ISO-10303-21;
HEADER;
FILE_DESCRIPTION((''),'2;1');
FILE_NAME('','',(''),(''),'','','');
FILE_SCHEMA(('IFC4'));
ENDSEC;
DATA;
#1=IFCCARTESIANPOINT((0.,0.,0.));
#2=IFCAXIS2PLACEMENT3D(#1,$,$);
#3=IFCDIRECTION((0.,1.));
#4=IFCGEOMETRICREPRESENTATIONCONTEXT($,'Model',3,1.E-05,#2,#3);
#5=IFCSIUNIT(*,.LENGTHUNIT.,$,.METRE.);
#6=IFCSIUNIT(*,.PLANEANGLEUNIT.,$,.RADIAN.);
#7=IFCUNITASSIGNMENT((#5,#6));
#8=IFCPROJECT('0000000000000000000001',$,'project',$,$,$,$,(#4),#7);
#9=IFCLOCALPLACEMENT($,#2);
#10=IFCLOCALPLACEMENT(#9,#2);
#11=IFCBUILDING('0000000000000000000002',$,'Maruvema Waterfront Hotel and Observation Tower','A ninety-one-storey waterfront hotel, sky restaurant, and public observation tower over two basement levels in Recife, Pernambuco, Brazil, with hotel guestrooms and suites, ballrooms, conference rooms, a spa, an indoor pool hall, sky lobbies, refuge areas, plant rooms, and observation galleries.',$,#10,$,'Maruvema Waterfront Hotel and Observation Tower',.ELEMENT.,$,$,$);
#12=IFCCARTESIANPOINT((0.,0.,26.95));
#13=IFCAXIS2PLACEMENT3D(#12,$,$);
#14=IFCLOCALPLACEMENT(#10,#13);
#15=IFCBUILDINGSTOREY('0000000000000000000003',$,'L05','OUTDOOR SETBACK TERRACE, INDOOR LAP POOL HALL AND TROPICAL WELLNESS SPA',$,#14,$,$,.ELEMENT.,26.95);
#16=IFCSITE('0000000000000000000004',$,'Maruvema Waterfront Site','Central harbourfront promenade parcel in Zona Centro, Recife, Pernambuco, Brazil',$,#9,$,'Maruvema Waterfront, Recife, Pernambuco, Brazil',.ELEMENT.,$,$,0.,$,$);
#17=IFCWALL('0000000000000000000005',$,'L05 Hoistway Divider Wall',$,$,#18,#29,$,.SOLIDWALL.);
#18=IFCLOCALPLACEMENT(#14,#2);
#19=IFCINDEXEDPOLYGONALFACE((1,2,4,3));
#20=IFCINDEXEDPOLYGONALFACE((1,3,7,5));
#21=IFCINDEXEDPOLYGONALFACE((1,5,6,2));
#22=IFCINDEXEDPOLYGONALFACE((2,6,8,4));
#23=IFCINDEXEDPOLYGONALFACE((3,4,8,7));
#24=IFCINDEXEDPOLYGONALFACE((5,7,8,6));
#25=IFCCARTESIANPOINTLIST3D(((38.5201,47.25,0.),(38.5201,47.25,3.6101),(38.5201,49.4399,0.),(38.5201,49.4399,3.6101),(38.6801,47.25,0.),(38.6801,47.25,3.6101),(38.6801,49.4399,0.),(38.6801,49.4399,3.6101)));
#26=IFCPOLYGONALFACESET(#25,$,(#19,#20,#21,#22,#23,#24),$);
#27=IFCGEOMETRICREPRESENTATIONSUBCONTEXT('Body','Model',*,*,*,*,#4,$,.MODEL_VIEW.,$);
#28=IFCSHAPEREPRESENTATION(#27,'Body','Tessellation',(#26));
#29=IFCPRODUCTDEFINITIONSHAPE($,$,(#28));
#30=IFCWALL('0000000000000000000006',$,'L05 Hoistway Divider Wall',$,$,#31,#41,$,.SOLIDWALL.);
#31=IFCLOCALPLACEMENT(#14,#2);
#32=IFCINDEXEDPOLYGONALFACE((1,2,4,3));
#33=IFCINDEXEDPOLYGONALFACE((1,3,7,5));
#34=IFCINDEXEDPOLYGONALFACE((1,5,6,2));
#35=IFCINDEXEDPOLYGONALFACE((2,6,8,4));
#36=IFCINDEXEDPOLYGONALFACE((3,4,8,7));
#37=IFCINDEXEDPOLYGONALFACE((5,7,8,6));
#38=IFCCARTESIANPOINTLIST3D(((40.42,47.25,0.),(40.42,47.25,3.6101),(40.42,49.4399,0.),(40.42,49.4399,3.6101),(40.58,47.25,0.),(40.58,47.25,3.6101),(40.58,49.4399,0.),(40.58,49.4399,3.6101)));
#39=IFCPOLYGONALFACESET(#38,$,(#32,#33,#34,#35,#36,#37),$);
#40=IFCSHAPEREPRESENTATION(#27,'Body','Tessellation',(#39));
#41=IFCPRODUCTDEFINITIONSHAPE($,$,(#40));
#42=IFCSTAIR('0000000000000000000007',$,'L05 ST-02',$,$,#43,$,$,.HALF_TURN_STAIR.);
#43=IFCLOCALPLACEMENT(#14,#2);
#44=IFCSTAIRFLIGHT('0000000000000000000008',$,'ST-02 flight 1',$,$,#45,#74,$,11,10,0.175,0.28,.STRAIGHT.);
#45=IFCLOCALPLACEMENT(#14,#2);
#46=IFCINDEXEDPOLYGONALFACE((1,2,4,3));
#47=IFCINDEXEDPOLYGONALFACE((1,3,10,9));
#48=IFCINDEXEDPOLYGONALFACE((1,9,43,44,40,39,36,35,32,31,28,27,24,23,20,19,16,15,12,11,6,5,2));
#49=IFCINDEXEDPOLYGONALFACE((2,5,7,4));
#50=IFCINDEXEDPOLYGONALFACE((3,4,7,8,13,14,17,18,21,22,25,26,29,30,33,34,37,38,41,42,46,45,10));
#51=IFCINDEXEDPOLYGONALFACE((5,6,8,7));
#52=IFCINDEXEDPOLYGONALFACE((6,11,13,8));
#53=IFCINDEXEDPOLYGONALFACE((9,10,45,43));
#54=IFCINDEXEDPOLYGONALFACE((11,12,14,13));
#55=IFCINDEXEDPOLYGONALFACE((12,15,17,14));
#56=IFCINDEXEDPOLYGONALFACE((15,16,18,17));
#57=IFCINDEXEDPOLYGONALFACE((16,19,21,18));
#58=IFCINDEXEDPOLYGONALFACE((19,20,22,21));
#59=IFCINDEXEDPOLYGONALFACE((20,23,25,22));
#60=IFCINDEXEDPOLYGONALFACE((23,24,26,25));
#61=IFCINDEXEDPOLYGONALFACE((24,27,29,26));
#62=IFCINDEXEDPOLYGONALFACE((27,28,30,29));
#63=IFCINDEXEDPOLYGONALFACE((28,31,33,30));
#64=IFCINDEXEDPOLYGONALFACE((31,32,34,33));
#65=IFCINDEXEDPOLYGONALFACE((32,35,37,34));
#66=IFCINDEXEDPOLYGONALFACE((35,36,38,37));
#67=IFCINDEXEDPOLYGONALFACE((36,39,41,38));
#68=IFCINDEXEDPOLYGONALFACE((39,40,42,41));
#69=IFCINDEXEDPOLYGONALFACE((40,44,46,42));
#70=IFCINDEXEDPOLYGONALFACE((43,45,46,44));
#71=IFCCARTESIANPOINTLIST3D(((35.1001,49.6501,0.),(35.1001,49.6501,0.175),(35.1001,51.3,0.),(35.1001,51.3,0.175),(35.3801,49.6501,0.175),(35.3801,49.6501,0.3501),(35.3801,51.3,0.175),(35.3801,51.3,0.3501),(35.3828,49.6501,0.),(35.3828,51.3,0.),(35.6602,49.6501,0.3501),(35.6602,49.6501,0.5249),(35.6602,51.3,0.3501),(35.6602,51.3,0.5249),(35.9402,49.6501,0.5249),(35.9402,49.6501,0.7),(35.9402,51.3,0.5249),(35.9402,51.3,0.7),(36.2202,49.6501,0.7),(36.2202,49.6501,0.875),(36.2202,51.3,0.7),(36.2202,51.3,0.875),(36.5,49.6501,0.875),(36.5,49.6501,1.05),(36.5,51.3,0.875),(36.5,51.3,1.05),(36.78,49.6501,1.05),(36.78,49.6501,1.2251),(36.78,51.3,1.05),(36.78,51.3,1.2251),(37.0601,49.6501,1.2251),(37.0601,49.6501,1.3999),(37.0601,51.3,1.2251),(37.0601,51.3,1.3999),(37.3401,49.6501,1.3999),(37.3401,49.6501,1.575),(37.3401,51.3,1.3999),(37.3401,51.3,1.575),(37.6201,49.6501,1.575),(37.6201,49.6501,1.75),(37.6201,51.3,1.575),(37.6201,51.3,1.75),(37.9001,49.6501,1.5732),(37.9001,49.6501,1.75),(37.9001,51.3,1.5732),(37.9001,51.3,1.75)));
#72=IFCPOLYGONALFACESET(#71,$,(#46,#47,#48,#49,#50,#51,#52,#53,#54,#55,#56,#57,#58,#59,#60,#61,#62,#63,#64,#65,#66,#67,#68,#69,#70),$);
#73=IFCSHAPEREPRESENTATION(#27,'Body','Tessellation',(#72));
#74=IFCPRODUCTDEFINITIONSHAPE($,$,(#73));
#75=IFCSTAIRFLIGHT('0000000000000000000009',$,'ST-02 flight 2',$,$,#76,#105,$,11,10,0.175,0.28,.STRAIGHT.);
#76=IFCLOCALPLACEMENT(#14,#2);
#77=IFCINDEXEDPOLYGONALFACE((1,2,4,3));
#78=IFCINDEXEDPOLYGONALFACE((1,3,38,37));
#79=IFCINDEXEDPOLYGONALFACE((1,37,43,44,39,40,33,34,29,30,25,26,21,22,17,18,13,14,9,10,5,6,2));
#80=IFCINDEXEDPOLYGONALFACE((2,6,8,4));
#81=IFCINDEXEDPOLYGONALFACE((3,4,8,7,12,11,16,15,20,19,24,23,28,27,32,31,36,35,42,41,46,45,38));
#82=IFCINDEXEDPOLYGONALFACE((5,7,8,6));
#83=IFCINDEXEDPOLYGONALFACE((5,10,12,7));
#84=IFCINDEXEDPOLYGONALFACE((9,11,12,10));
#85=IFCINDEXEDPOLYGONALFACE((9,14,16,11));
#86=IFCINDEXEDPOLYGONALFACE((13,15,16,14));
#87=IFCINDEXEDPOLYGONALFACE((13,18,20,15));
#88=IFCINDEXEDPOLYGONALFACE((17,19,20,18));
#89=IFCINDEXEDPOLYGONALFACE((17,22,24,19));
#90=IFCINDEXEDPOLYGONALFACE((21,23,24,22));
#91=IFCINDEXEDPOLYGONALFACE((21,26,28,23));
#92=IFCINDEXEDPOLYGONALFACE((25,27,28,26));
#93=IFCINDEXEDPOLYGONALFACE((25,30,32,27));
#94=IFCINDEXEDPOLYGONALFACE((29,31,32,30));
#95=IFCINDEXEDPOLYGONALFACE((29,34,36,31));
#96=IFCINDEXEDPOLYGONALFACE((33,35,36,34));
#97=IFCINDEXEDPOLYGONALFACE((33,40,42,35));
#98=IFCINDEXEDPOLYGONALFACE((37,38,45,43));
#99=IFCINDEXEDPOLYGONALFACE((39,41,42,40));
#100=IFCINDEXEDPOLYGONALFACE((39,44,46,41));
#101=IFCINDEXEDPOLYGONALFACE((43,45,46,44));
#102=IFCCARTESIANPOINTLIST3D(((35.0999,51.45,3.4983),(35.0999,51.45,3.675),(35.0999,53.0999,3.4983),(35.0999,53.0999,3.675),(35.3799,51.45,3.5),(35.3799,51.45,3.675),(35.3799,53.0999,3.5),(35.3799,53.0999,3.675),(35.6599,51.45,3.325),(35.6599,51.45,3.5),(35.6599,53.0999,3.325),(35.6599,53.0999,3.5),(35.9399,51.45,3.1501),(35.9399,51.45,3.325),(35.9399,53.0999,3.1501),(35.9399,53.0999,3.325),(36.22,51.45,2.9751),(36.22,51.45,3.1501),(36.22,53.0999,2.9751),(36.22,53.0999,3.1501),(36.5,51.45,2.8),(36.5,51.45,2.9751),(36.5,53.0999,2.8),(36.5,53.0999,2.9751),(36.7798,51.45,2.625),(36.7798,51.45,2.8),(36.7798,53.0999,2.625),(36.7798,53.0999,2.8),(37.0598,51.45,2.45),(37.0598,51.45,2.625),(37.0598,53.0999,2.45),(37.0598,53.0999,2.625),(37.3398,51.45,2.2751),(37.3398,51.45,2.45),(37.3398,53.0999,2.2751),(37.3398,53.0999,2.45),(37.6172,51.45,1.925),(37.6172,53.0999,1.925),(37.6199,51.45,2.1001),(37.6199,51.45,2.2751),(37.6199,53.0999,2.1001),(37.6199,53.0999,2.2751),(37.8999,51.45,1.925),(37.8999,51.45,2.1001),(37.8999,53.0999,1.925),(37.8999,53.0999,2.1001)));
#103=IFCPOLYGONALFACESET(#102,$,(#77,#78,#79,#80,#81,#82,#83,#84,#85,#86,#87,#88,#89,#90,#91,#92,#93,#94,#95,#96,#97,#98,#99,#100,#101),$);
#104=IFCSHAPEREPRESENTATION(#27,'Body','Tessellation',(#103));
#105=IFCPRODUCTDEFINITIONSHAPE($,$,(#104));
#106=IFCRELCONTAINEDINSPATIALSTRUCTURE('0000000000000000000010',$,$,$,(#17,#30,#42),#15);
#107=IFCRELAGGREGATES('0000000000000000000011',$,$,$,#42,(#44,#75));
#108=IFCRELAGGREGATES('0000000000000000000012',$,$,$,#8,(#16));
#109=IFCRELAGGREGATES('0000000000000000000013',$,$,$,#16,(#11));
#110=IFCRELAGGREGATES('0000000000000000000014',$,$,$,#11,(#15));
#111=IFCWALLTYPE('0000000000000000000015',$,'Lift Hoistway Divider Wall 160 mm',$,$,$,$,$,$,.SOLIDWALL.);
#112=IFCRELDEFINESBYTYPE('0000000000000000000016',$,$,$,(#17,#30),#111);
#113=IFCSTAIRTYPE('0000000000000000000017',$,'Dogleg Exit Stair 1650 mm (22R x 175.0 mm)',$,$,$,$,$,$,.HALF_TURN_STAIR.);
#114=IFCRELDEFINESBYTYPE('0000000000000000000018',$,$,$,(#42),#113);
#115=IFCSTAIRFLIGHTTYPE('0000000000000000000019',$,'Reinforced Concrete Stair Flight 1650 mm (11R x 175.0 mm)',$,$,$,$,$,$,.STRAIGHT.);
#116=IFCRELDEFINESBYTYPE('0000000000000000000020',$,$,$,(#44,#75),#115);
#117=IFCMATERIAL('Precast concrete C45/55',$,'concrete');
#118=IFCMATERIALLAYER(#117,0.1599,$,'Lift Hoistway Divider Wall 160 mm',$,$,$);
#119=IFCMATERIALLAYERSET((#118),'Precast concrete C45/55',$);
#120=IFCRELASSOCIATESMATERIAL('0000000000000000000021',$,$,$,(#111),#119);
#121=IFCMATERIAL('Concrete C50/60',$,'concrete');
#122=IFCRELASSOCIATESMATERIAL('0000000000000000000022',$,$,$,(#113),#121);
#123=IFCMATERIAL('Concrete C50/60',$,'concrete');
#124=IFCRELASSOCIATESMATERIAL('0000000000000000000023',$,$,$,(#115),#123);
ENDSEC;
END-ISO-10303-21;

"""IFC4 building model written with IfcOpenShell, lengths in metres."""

from ifc_helpers import new_model, si_unit, direction, frame, frame_2d, origin, place, context, subcontext, project, spatial, polyline, rectangle, outline, extrude, material, layer, layer_set, type_object, element, aggregate, save


model = new_model("IFC4")

# Units and contexts
model_context = context("Model", 3, precision=1e-05, world=origin(), true_north=direction((0.0, 1.0)))
body_context = subcontext(model_context, "Body", "Model", "MODEL_VIEW")
ifc_project = project(units=[si_unit("LENGTHUNIT", "METRE"), si_unit("PLANEANGLEUNIT", "RADIAN")], contexts=[model_context])

# Site, building, storey
site_placement = place(None, origin())
site = spatial("IfcSite", under=ifc_project, at=site_placement, Name="Maruvema Waterfront Site", Description="Central harbourfront promenade parcel in Zona Centro, Recife, Pernambuco, Brazil", LongName="Maruvema Waterfront, Recife, Pernambuco, Brazil", CompositionType="ELEMENT", RefElevation=0.0)
building_placement = place(site_placement, origin())
building = spatial("IfcBuilding", under=site, at=building_placement, Name="Maruvema Waterfront Hotel and Observation Tower", Description="A ninety-one-storey waterfront hotel, sky restaurant, and public observation tower over two basement levels in Recife, Pernambuco, Brazil, with hotel guestrooms and suites, ballrooms, conference rooms, a spa, an indoor pool hall, sky lobbies, refuge areas, plant rooms, and observation galleries.", LongName="Maruvema Waterfront Hotel and Observation Tower", CompositionType="ELEMENT")
storey_placement = place(building_placement, frame((0.0, 0.0, 26.95)))
storey = spatial("IfcBuildingStorey", under=building, at=storey_placement, Name="L05", Description="OUTDOOR SETBACK TERRACE, INDOOR LAP POOL HALL AND TROPICAL WELLNESS SPA", CompositionType="ELEMENT", Elevation=26.95)

# Walls
ifc_material_1 = material(Name="Precast concrete C45/55", Category="concrete")
ifc_layer_1 = layer(ifc_material_1, 0.1599, Name="Lift Hoistway Divider Wall 160 mm")
ifc_layer_set_1 = layer_set([ifc_layer_1], Name="Precast concrete C45/55")
wall_type_1 = type_object("IfcWallType", Name="Lift Hoistway Divider Wall 160 mm", PredefinedType="SOLIDWALL", material=ifc_layer_set_1)
for number, where, z_axis, x_axis, name in (
    (1, (38.6001, 47.25, 0.0), (0.0, 0.0, 1.0), (0.0, 1.0, 0.0), "L05 Hoistway Divider Wall"),
    (2, (40.5, 47.25, 0.0), (0.0, 0.0, 1.0), (0.0, 1.0, 0.0), "L05 Hoistway Divider Wall"),
):
    element("IfcWall", number, at=place(storey_placement, frame(where, z_axis=z_axis, x_axis=x_axis)), inside=storey, type_object=wall_type_1, Name=name, PredefinedType="SOLIDWALL", context=body_context, shape_type="SweptSolid", body=[
        extrude(rectangle(XDim=2.1899, YDim=0.1599, at=frame_2d((1.095, 0.0))), origin(), (0.0, 0.0, 1.0), 3.6101),
    ])

# Stair, stair flights
ifc_material_2 = material(Name="Concrete C50/60", Category="concrete")
stair_type = type_object("IfcStairType", Name="Dogleg Exit Stair 1650 mm (22R x 175.0 mm)", PredefinedType="HALF_TURN_STAIR", material=ifc_material_2)
stair_placement = place(storey_placement, origin())
stair = element("IfcStair", 3, at=stair_placement, inside=storey, type_object=stair_type, Name="L05 ST-02", PredefinedType="HALF_TURN_STAIR")
ifc_material_3 = material(Name="Concrete C50/60", Category="concrete")
stair_flight_type = type_object("IfcStairFlightType", Name="Reinforced Concrete Stair Flight 1650 mm (11R x 175.0 mm)", PredefinedType="STRAIGHT", material=ifc_material_3)
stair_flight_1_placement = place(storey_placement, frame((35.1001, 50.4751, 0.0), z_axis=(0.0, 0.0, 1.0), x_axis=(1.0, 0.0, 0.0)))
stair_flight_1 = element("IfcStairFlight", 4, at=stair_flight_1_placement, type_object=stair_flight_type, Name="ST-02 flight 1", NumberOfRisers=11, NumberOfTreads=10, PredefinedType="STRAIGHT", RiserHeight=0.175, TreadLength=0.28, context=body_context, shape_type="SweptSolid", body=[
    extrude(outline(polyline([(0.0, 0.0), (0.0, 0.175), (0.28, 0.175), (0.28, 0.3501), (0.5601, 0.3501), (0.5601, 0.5249), (0.8401, 0.5249), (0.8401, 0.7), (1.1201, 0.7), (1.1201, 0.875), (1.3999, 0.875), (1.3999, 1.05), (1.6799, 1.05), (1.6799, 1.2251), (1.96, 1.2251), (1.96, 1.3999), (2.24, 1.3999), (2.24, 1.575), (2.52, 1.575), (2.52, 1.75), (2.8, 1.75), (2.8, 1.925), (2.8, 1.5732), (0.2827, 0.0), (0.0, 0.0)])), frame((0.0, 0.825, 0.0), z_axis=(0.0, -1.0, 0.0), x_axis=(1.0, 0.0, 0.0)), (0.0, 0.0, 1.0), 1.6499),
])
stair_flight_2_placement = place(storey_placement, frame((37.8999, 52.2749, 1.925), z_axis=(0.0, 0.0, 1.0), x_axis=(-1.0, 0.0, 0.0)))
stair_flight_2 = element("IfcStairFlight", 5, at=stair_flight_2_placement, type_object=stair_flight_type, Name="ST-02 flight 2", NumberOfRisers=11, NumberOfTreads=10, PredefinedType="STRAIGHT", RiserHeight=0.175, TreadLength=0.28, context=body_context, shape_type="SweptSolid", body=[
    extrude(outline(polyline([(0.0, 0.0), (0.0, 0.175), (0.28, 0.175), (0.28, 0.3501), (0.5601, 0.3501), (0.5601, 0.5249), (0.8401, 0.5249), (0.8401, 0.7), (1.1201, 0.7), (1.1201, 0.875), (1.3999, 0.875), (1.3999, 1.05), (1.6799, 1.05), (1.6799, 1.2251), (1.96, 1.2251), (1.96, 1.3999), (2.24, 1.3999), (2.24, 1.575), (2.52, 1.575), (2.52, 1.75), (2.8, 1.75), (2.8, 1.925), (2.8, 1.5732), (0.2827, 0.0), (0.0, 0.0)])), frame((0.0, 0.825, 0.0), z_axis=(0.0, -1.0, 0.0), x_axis=(1.0, 0.0, 0.0)), (0.0, 0.0, 1.0), 1.6499),
])
aggregate(stair, [stair_flight_1, stair_flight_2])

save(model, "model.ifc")
